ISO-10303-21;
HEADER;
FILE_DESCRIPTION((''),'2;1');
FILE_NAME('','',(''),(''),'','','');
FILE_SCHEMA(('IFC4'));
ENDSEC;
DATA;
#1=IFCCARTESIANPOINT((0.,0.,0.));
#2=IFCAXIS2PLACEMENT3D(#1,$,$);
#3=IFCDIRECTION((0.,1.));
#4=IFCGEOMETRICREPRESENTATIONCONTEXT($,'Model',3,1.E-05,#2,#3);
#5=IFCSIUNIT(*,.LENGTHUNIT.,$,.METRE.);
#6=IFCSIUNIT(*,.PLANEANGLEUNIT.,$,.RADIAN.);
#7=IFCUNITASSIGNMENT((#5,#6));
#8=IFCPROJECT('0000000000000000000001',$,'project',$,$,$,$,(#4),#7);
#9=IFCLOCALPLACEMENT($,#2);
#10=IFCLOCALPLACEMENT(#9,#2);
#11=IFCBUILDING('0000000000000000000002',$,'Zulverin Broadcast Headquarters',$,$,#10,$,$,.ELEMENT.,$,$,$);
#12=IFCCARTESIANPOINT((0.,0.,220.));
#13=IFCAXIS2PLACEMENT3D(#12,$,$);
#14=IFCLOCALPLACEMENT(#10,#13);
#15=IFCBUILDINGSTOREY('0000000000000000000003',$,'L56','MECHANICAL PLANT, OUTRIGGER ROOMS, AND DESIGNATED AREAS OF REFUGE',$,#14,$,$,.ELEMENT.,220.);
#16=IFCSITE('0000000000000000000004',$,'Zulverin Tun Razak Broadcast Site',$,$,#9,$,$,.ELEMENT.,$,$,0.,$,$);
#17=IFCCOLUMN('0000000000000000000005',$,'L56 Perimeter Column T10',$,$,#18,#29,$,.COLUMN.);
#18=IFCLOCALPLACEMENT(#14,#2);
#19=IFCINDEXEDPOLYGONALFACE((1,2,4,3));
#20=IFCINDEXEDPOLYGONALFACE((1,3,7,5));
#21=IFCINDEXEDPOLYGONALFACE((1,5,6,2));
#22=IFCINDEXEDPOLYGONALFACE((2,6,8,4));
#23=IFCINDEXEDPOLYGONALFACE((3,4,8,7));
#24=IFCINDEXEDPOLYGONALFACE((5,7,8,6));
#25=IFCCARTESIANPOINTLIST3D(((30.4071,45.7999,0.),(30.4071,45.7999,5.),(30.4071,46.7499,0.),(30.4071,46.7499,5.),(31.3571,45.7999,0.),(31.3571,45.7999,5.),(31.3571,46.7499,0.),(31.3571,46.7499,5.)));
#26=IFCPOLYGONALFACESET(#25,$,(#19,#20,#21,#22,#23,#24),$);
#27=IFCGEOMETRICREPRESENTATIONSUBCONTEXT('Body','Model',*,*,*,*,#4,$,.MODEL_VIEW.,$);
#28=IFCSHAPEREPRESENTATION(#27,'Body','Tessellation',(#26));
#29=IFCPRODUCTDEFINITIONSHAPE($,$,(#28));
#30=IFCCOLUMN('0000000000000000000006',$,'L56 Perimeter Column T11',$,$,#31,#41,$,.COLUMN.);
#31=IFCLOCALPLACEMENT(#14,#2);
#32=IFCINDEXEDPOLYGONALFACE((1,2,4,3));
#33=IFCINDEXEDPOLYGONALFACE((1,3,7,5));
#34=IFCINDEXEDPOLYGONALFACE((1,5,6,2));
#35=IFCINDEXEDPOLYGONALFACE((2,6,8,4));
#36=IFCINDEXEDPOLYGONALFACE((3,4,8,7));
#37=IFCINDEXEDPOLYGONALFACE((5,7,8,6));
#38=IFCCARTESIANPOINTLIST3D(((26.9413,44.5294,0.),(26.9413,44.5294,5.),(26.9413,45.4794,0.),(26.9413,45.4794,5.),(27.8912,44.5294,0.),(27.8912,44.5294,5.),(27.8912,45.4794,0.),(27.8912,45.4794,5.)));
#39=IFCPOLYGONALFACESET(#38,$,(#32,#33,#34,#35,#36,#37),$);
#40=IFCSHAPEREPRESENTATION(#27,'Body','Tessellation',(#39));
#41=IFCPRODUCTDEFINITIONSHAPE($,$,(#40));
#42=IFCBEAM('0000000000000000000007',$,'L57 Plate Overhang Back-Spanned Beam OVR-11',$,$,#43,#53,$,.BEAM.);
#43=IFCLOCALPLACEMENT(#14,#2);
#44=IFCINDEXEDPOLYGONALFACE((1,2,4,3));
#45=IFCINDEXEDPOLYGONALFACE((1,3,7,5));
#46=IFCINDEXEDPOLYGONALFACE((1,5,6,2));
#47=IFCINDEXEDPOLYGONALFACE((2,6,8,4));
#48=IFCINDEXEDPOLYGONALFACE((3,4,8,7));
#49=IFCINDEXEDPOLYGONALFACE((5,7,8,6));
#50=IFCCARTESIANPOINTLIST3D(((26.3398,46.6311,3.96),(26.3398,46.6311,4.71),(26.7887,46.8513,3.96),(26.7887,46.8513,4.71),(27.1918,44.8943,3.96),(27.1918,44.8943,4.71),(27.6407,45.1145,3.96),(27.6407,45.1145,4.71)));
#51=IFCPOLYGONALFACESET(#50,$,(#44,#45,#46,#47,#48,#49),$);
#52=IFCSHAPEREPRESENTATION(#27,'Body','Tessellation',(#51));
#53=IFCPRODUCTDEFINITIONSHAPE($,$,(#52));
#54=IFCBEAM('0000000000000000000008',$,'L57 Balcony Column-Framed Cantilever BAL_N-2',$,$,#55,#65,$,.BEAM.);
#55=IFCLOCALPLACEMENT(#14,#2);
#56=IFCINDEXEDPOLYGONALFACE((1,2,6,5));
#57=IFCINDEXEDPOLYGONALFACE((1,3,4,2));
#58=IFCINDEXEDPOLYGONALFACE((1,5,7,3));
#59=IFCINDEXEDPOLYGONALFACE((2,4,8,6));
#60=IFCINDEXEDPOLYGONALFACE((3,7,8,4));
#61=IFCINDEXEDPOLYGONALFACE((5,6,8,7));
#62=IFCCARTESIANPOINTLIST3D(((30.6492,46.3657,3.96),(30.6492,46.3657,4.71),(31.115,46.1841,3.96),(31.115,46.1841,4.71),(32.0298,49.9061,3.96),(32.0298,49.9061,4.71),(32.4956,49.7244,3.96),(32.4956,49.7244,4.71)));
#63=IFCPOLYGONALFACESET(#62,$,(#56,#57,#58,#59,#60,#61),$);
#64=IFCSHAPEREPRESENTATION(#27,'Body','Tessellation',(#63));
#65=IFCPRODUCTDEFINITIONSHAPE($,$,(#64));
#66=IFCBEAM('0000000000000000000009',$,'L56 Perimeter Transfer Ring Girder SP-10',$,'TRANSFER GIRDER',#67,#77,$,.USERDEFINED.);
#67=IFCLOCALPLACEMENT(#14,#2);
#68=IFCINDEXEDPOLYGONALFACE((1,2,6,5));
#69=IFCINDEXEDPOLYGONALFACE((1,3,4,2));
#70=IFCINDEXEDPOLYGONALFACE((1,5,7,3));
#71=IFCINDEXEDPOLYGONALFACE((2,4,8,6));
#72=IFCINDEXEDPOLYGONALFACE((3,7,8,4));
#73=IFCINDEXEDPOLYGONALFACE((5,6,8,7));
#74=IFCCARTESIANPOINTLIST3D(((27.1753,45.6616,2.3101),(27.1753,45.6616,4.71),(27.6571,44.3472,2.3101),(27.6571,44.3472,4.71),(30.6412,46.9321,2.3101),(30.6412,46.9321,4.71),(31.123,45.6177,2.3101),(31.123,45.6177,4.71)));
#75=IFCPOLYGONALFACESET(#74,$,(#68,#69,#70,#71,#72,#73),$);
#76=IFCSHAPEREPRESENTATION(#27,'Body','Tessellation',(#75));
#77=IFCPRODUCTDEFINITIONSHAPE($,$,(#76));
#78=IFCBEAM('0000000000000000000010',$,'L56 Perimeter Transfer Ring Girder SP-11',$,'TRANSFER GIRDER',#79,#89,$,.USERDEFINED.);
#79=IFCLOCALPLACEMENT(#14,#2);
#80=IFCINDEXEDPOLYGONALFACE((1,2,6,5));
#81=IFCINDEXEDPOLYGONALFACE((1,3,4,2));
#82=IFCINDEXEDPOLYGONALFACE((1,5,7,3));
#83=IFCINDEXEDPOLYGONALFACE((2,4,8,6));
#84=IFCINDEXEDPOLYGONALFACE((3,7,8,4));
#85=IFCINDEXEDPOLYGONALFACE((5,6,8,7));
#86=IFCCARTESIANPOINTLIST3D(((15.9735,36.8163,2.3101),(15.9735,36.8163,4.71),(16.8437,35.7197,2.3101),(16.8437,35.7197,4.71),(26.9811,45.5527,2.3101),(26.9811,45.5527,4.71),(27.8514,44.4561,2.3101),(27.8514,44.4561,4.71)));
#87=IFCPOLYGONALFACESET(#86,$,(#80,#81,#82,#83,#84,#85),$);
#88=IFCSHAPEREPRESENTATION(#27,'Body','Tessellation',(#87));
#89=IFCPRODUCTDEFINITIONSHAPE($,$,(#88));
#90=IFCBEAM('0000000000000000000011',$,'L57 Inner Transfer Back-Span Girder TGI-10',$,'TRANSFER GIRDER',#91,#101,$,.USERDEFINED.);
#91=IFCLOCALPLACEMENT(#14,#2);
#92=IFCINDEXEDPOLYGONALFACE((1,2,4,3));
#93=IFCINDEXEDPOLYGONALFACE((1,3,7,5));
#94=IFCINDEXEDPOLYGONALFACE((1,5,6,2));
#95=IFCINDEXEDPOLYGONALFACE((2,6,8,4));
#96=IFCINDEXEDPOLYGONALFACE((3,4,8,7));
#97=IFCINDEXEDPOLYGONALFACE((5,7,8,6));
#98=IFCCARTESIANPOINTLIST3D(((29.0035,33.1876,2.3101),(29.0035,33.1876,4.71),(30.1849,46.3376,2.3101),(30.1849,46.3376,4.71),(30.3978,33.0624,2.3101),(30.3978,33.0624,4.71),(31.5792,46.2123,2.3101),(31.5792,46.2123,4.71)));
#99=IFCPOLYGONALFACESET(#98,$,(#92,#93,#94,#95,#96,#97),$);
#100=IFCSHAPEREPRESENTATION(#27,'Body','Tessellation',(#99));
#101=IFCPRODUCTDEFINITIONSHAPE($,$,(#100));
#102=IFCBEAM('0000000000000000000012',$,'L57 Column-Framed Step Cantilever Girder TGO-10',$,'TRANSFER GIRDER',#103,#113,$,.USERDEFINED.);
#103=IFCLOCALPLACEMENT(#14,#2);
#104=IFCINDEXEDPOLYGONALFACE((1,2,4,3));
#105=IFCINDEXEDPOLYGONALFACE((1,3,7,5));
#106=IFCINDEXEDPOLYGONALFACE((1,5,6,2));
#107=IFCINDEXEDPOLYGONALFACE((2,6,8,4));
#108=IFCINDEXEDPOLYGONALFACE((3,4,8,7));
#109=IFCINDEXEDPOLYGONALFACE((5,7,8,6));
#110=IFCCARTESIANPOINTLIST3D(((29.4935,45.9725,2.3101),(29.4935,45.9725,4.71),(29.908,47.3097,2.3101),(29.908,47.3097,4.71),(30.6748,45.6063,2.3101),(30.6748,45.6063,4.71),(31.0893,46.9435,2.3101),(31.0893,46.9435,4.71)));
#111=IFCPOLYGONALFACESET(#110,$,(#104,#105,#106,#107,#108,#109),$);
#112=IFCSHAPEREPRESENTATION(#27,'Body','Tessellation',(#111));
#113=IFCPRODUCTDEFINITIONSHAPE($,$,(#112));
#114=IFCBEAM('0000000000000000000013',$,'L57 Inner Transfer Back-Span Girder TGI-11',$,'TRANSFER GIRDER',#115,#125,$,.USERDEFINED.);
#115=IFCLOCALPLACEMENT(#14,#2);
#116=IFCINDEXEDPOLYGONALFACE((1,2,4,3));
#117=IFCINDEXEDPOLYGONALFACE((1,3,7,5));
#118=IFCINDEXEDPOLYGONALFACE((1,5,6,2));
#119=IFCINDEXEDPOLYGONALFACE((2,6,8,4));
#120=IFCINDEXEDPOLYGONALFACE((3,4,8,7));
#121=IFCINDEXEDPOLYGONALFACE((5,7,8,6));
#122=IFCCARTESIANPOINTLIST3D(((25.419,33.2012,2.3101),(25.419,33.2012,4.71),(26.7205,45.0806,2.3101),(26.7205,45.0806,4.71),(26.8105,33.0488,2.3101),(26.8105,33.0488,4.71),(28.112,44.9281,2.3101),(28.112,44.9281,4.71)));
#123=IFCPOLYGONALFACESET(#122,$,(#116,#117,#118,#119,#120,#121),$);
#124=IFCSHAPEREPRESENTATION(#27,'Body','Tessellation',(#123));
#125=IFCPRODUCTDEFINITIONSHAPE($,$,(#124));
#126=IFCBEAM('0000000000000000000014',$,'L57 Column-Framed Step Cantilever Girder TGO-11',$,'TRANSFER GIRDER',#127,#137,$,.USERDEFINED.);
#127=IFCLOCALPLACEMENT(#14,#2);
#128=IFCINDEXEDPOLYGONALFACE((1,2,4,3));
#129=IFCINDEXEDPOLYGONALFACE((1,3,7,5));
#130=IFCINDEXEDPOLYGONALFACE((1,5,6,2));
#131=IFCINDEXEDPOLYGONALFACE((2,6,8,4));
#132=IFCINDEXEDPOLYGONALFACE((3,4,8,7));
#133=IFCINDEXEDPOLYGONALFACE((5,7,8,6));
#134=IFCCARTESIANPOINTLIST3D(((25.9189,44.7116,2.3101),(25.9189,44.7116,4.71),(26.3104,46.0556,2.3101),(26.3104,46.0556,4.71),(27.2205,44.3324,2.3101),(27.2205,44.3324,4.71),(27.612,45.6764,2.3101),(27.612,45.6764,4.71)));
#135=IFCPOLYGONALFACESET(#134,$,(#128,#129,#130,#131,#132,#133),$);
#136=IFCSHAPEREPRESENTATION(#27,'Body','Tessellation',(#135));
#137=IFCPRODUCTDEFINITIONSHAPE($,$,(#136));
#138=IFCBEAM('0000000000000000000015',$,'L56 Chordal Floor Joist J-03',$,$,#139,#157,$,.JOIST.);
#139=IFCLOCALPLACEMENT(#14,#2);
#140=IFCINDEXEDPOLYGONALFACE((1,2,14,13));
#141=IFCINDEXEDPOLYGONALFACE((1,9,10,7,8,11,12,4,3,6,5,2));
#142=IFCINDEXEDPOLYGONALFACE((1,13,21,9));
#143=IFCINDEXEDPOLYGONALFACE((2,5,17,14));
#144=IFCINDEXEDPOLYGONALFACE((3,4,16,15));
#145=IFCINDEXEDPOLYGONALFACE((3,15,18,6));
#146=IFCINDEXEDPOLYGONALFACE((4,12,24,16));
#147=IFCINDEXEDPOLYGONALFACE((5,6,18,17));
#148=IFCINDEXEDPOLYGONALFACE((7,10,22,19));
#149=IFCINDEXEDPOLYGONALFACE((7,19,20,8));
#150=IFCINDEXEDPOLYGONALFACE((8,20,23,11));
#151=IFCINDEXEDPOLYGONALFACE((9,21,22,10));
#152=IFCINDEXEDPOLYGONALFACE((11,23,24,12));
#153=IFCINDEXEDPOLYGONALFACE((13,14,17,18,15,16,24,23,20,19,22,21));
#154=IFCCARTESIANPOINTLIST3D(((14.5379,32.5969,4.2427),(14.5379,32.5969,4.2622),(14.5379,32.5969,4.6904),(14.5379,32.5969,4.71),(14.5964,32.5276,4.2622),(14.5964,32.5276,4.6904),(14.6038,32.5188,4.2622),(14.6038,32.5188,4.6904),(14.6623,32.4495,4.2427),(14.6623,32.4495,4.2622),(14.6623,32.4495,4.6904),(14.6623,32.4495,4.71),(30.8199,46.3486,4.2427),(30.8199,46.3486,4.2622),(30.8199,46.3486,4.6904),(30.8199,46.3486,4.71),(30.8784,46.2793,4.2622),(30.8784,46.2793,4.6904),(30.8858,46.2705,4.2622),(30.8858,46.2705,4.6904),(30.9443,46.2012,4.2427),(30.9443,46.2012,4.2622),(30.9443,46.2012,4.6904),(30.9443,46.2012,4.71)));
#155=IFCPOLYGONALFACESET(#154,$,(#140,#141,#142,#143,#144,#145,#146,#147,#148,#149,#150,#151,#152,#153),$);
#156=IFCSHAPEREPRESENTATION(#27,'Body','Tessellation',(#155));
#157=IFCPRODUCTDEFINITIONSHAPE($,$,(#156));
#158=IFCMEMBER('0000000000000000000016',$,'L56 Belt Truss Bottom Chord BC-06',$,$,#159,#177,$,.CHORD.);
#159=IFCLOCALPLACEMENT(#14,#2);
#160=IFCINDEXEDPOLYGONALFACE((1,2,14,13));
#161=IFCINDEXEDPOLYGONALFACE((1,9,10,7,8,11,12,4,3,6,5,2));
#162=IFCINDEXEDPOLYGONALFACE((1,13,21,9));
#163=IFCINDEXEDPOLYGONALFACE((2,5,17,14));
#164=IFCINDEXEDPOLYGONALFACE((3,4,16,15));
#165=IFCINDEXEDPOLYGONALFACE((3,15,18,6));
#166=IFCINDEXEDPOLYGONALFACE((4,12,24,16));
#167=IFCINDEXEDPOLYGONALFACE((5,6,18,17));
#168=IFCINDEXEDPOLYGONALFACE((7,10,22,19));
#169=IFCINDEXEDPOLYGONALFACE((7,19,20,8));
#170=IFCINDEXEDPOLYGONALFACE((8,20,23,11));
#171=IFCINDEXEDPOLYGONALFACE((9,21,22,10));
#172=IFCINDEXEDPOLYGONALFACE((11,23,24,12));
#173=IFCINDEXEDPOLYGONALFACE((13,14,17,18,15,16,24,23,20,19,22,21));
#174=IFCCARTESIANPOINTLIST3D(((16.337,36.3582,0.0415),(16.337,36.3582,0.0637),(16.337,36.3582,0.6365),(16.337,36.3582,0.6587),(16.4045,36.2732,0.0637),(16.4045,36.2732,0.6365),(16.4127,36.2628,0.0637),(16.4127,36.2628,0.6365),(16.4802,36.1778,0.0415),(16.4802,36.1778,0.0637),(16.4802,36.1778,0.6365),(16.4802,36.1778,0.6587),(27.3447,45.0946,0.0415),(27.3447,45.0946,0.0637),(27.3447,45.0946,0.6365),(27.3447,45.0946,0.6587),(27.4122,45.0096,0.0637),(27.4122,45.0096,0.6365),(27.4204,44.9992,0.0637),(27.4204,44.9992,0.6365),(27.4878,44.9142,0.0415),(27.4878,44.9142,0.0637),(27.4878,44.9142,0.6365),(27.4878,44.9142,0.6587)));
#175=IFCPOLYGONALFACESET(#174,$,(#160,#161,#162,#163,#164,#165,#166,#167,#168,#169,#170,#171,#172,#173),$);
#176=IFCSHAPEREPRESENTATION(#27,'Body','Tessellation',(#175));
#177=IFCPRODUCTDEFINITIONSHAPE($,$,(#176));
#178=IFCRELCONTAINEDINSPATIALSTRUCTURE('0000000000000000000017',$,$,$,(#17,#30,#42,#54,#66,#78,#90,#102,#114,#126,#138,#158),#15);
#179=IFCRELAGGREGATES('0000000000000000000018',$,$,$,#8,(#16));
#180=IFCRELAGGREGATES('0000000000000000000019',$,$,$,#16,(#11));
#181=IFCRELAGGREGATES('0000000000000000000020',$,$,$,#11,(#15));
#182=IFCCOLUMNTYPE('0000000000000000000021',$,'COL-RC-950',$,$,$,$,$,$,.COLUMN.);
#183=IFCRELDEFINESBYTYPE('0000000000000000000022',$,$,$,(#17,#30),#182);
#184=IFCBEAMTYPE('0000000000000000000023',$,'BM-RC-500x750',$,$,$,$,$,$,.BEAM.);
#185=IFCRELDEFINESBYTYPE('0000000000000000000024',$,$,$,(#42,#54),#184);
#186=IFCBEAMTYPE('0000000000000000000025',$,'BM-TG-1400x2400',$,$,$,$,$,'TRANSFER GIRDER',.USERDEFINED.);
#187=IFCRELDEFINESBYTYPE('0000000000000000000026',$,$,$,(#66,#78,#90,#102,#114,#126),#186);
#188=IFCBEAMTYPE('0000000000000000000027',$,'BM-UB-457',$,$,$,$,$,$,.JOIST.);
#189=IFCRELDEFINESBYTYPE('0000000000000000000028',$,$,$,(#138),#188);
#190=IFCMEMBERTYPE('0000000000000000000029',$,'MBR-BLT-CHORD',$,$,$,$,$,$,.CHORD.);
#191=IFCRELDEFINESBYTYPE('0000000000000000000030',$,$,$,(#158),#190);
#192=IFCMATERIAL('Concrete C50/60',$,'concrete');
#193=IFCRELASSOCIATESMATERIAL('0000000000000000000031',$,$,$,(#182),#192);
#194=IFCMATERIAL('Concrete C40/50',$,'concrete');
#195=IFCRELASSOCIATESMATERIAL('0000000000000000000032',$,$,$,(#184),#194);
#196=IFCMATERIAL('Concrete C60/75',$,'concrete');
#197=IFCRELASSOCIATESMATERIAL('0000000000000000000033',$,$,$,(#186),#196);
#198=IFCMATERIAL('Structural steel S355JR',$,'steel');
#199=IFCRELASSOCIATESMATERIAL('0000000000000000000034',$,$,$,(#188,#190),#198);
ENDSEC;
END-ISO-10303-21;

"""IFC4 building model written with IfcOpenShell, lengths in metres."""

from ifc_helpers import new_model, si_unit, direction, frame, origin, origin_2d, place, context, subcontext, project, spatial, rectangle, i_section, extrude, material, material_profile, profile_set, type_object, element, save


model = new_model("IFC4")

# Units and contexts
model_context = context("Model", 3, precision=1e-05, world=origin(), true_north=direction((0.0, 1.0)))
body_context = subcontext(model_context, "Body", "Model", "MODEL_VIEW")
ifc_project = project(units=[si_unit("LENGTHUNIT", "METRE"), si_unit("PLANEANGLEUNIT", "RADIAN")], contexts=[model_context])

# Site, building, storey
site_placement = place(None, origin())
site = spatial("IfcSite", under=ifc_project, at=site_placement, Name="Zulverin Tun Razak Broadcast Site", CompositionType="ELEMENT", RefElevation=0.0)
building_placement = place(site_placement, origin())
building = spatial("IfcBuilding", under=site, at=building_placement, Name="Zulverin Broadcast Headquarters", CompositionType="ELEMENT")
storey_placement = place(building_placement, frame((0.0, 0.0, 220.0)))
storey = spatial("IfcBuildingStorey", under=building, at=storey_placement, Name="L56", Description="MECHANICAL PLANT, OUTRIGGER ROOMS, AND DESIGNATED AREAS OF REFUGE", CompositionType="ELEMENT", Elevation=220.0)

# Columns
ifc_material_1 = material(Name="Concrete C50/60", Category="concrete")
ifc_material_profile_1 = material_profile(ifc_material_1, rectangle(XDim=0.95, YDim=0.95, at=origin_2d()), Name="Concrete C50/60", Category="concrete")
ifc_profile_set_1 = profile_set([ifc_material_profile_1], Name="Concrete C50/60")
column_type = type_object("IfcColumnType", Name="COL-RC-950", PredefinedType="COLUMN", material=ifc_profile_set_1)
for number, where, z_axis, x_axis, name in (
    (1, (30.8821, 46.2749, 0.0), (0.0, 0.0, 1.0), (1.0, 0.0, 0.0), "L56 Perimeter Column T10"),
    (2, (27.4163, 45.0044, 0.0), (0.0, 0.0, 1.0), (1.0, 0.0, 0.0), "L56 Perimeter Column T11"),
):
    element("IfcColumn", number, at=place(storey_placement, frame(where, z_axis=z_axis, x_axis=x_axis)), inside=storey, type_object=column_type, Name=name, PredefinedType="COLUMN", context=body_context, shape_type="SweptSolid", body=[
        extrude(rectangle(XDim=0.95, YDim=0.95, at=origin_2d()), origin(), (0.0, 0.0, 1.0), 5.0),
    ])

# Beams
ifc_material_2 = material(Name="Concrete C40/50", Category="concrete")
ifc_material_profile_2 = material_profile(ifc_material_2, rectangle(XDim=0.5, YDim=0.75, at=origin_2d()), Name="Concrete C40/50", Category="concrete")
ifc_profile_set_2 = profile_set([ifc_material_profile_2], Name="Concrete C40/50")
beam_type_1 = type_object("IfcBeamType", Name="BM-RC-500x750", PredefinedType="BEAM", material=ifc_profile_set_2)
beam_1_placement = place(storey_placement, frame((27.4163, 45.0044, 4.335), z_axis=(-0.440437, 0.897784, 0.0), x_axis=(-0.897784, -0.440437, 0.0)))
element("IfcBeam", 3, at=beam_1_placement, inside=storey, type_object=beam_type_1, Name="L57 Plate Overhang Back-Spanned Beam OVR-11", PredefinedType="BEAM", context=body_context, shape_type="SweptSolid", body=[
    extrude(rectangle(XDim=0.5, YDim=0.75, at=origin_2d()), origin(), (0.0, 0.0, 1.0), 1.9346),
])
beam_2_placement = place(storey_placement, frame((30.8821, 46.2749, 4.335), z_axis=(0.363324, 0.931663, 0.0), x_axis=(-0.931663, 0.363324, 0.0)))
element("IfcBeam", 4, at=beam_2_placement, inside=storey, type_object=beam_type_1, Name="L57 Balcony Column-Framed Cantilever BAL_N-2", PredefinedType="BEAM", context=body_context, shape_type="SweptSolid", body=[
    extrude(rectangle(XDim=0.5, YDim=0.75, at=origin_2d()), origin(), (0.0, 0.0, 1.0), 3.8),
])
ifc_material_3 = material(Name="Concrete C60/75", Category="concrete")
ifc_material_profile_3 = material_profile(ifc_material_3, rectangle(XDim=1.3999, YDim=2.3999, at=origin_2d()), Name="Concrete C60/75", Category="concrete")
ifc_profile_set_3 = profile_set([ifc_material_profile_3], Name="Concrete C60/75")
beam_type_2 = type_object("IfcBeamType", Name="BM-TG-1400x2400", ElementType="TRANSFER GIRDER", PredefinedType="USERDEFINED", material=ifc_profile_set_3)
beam_3_placement = place(storey_placement, frame((30.8821, 46.2749, 3.51), z_axis=(-0.938902, -0.344185, 0.0), x_axis=(0.344185, -0.938902, 0.0)))
element("IfcBeam", 5, at=beam_3_placement, inside=storey, type_object=beam_type_2, Name="L56 Perimeter Transfer Ring Girder SP-10", ObjectType="TRANSFER GIRDER", PredefinedType="USERDEFINED", context=body_context, shape_type="SweptSolid", body=[
    extrude(rectangle(XDim=1.3999, YDim=2.3999, at=origin_2d()), origin(), (0.0, 0.0, 1.0), 3.6914),
])
beam_4_placement = place(storey_placement, frame((27.4163, 45.0044, 3.51), z_axis=(-0.783283, -0.621665, 0.0), x_axis=(0.621665, -0.783283, 0.0)))
element("IfcBeam", 6, at=beam_4_placement, inside=storey, type_object=beam_type_2, Name="L56 Perimeter Transfer Ring Girder SP-11", ObjectType="TRANSFER GIRDER", PredefinedType="USERDEFINED", context=body_context, shape_type="SweptSolid", body=[
    extrude(rectangle(XDim=1.3999, YDim=2.3999, at=origin_2d()), origin(), (0.0, 0.0, 1.0), 14.0532),
])
beam_5_placement = place(storey_placement, frame((29.7007, 33.125, 3.51), z_axis=(0.08948, 0.995989, 0.0), x_axis=(-0.995989, 0.08948, 0.0)))
element("IfcBeam", 7, at=beam_5_placement, inside=storey, type_object=beam_type_2, Name="L57 Inner Transfer Back-Span Girder TGI-10", ObjectType="TRANSFER GIRDER", PredefinedType="USERDEFINED", context=body_context, shape_type="SweptSolid", body=[
    extrude(rectangle(XDim=1.3999, YDim=2.3999, at=origin_2d()), origin(), (0.0, 0.0, 1.0), 13.2029),
])
beam_6_placement = place(storey_placement, frame((30.8821, 46.2749, 3.51), z_axis=(-0.955162, 0.296083, 0.0), x_axis=(-0.296083, -0.955162, 0.0)))
element("IfcBeam", 8, at=beam_6_placement, inside=storey, type_object=beam_type_2, Name="L57 Column-Framed Step Cantilever Girder TGO-10", ObjectType="TRANSFER GIRDER", PredefinedType="USERDEFINED", context=body_context, shape_type="SweptSolid", body=[
    extrude(rectangle(XDim=1.3999, YDim=2.3999, at=origin_2d()), origin(), (0.0, 0.0, 1.0), 1.2368),
])
beam_7_placement = place(storey_placement, frame((26.1147, 33.125, 3.51), z_axis=(0.108909, 0.994052, 0.0), x_axis=(-0.994052, 0.108909, 0.0)))
element("IfcBeam", 9, at=beam_7_placement, inside=storey, type_object=beam_type_2, Name="L57 Inner Transfer Back-Span Girder TGI-11", ObjectType="TRANSFER GIRDER", PredefinedType="USERDEFINED", context=body_context, shape_type="SweptSolid", body=[
    extrude(rectangle(XDim=1.3999, YDim=2.3999, at=origin_2d()), origin(), (0.0, 0.0, 1.0), 11.9504),
])
beam_8_placement = place(storey_placement, frame((27.4163, 45.0044, 3.51), z_axis=(-0.960091, 0.279689, 0.0), x_axis=(-0.279689, -0.960091, 0.0)))
element("IfcBeam", 10, at=beam_8_placement, inside=storey, type_object=beam_type_2, Name="L57 Column-Framed Step Cantilever Girder TGO-11", ObjectType="TRANSFER GIRDER", PredefinedType="USERDEFINED", context=body_context, shape_type="SweptSolid", body=[
    extrude(rectangle(XDim=1.3999, YDim=2.3999, at=origin_2d()), origin(), (0.0, 0.0, 1.0), 1.3557),
])
ifc_material_4 = material(Name="Structural steel S355JR", Category="steel")
ifc_material_profile_4 = material_profile(ifc_material_4, i_section(OverallWidth=0.1929, OverallDepth=0.4673, WebThickness=0.0115, FlangeThickness=0.0195, at=origin_2d()), Name="Structural steel S355JR", Category="steel")
ifc_profile_set_4 = profile_set([ifc_material_profile_4], Name="Structural steel S355JR")
beam_type_3 = type_object("IfcBeamType", Name="BM-UB-457", PredefinedType="JOIST", material=ifc_profile_set_4)
beam_9_placement = place(storey_placement, frame((30.8821, 46.2749, 4.4763), z_axis=(-0.763973, -0.645249, 0.0), x_axis=(0.645249, -0.763973, 0.0)))
element("IfcBeam", 11, at=beam_9_placement, inside=storey, type_object=beam_type_3, Name="L56 Chordal Floor Joist J-03", PredefinedType="JOIST", context=body_context, shape_type="SweptSolid", body=[
    extrude(i_section(OverallWidth=0.1929, OverallDepth=0.4673, WebThickness=0.0115, FlangeThickness=0.0195, at=origin_2d()), origin(), (0.0, 0.0, 1.0), 21.3123),
])

# Member
ifc_material_profile_5 = material_profile(ifc_material_4, i_section(OverallWidth=0.2302, OverallDepth=0.6172, WebThickness=0.0132, FlangeThickness=0.0222, at=origin_2d()), Name="Structural steel S355JR", Category="steel")
ifc_profile_set_5 = profile_set([ifc_material_profile_5], Name="Structural steel S355JR")
member_type_1 = type_object("IfcMemberType", Name="MBR-BLT-CHORD", PredefinedType="CHORD", material=ifc_profile_set_5)
member_1_placement = place(storey_placement, frame((27.4163, 45.0044, 0.3501), z_axis=(-0.783283, -0.621665, 0.0), x_axis=(0.621665, -0.783283, 0.0)))
element("IfcMember", 12, at=member_1_placement, inside=storey, type_object=member_type_1, Name="L56 Belt Truss Bottom Chord BC-06", PredefinedType="CHORD", context=body_context, shape_type="SweptSolid", body=[
    extrude(i_section(OverallWidth=0.2302, OverallDepth=0.6172, WebThickness=0.0132, FlangeThickness=0.0222, at=origin_2d()), origin(), (0.0, 0.0, 1.0), 14.0532),
])

save(model, "model.ifc")
